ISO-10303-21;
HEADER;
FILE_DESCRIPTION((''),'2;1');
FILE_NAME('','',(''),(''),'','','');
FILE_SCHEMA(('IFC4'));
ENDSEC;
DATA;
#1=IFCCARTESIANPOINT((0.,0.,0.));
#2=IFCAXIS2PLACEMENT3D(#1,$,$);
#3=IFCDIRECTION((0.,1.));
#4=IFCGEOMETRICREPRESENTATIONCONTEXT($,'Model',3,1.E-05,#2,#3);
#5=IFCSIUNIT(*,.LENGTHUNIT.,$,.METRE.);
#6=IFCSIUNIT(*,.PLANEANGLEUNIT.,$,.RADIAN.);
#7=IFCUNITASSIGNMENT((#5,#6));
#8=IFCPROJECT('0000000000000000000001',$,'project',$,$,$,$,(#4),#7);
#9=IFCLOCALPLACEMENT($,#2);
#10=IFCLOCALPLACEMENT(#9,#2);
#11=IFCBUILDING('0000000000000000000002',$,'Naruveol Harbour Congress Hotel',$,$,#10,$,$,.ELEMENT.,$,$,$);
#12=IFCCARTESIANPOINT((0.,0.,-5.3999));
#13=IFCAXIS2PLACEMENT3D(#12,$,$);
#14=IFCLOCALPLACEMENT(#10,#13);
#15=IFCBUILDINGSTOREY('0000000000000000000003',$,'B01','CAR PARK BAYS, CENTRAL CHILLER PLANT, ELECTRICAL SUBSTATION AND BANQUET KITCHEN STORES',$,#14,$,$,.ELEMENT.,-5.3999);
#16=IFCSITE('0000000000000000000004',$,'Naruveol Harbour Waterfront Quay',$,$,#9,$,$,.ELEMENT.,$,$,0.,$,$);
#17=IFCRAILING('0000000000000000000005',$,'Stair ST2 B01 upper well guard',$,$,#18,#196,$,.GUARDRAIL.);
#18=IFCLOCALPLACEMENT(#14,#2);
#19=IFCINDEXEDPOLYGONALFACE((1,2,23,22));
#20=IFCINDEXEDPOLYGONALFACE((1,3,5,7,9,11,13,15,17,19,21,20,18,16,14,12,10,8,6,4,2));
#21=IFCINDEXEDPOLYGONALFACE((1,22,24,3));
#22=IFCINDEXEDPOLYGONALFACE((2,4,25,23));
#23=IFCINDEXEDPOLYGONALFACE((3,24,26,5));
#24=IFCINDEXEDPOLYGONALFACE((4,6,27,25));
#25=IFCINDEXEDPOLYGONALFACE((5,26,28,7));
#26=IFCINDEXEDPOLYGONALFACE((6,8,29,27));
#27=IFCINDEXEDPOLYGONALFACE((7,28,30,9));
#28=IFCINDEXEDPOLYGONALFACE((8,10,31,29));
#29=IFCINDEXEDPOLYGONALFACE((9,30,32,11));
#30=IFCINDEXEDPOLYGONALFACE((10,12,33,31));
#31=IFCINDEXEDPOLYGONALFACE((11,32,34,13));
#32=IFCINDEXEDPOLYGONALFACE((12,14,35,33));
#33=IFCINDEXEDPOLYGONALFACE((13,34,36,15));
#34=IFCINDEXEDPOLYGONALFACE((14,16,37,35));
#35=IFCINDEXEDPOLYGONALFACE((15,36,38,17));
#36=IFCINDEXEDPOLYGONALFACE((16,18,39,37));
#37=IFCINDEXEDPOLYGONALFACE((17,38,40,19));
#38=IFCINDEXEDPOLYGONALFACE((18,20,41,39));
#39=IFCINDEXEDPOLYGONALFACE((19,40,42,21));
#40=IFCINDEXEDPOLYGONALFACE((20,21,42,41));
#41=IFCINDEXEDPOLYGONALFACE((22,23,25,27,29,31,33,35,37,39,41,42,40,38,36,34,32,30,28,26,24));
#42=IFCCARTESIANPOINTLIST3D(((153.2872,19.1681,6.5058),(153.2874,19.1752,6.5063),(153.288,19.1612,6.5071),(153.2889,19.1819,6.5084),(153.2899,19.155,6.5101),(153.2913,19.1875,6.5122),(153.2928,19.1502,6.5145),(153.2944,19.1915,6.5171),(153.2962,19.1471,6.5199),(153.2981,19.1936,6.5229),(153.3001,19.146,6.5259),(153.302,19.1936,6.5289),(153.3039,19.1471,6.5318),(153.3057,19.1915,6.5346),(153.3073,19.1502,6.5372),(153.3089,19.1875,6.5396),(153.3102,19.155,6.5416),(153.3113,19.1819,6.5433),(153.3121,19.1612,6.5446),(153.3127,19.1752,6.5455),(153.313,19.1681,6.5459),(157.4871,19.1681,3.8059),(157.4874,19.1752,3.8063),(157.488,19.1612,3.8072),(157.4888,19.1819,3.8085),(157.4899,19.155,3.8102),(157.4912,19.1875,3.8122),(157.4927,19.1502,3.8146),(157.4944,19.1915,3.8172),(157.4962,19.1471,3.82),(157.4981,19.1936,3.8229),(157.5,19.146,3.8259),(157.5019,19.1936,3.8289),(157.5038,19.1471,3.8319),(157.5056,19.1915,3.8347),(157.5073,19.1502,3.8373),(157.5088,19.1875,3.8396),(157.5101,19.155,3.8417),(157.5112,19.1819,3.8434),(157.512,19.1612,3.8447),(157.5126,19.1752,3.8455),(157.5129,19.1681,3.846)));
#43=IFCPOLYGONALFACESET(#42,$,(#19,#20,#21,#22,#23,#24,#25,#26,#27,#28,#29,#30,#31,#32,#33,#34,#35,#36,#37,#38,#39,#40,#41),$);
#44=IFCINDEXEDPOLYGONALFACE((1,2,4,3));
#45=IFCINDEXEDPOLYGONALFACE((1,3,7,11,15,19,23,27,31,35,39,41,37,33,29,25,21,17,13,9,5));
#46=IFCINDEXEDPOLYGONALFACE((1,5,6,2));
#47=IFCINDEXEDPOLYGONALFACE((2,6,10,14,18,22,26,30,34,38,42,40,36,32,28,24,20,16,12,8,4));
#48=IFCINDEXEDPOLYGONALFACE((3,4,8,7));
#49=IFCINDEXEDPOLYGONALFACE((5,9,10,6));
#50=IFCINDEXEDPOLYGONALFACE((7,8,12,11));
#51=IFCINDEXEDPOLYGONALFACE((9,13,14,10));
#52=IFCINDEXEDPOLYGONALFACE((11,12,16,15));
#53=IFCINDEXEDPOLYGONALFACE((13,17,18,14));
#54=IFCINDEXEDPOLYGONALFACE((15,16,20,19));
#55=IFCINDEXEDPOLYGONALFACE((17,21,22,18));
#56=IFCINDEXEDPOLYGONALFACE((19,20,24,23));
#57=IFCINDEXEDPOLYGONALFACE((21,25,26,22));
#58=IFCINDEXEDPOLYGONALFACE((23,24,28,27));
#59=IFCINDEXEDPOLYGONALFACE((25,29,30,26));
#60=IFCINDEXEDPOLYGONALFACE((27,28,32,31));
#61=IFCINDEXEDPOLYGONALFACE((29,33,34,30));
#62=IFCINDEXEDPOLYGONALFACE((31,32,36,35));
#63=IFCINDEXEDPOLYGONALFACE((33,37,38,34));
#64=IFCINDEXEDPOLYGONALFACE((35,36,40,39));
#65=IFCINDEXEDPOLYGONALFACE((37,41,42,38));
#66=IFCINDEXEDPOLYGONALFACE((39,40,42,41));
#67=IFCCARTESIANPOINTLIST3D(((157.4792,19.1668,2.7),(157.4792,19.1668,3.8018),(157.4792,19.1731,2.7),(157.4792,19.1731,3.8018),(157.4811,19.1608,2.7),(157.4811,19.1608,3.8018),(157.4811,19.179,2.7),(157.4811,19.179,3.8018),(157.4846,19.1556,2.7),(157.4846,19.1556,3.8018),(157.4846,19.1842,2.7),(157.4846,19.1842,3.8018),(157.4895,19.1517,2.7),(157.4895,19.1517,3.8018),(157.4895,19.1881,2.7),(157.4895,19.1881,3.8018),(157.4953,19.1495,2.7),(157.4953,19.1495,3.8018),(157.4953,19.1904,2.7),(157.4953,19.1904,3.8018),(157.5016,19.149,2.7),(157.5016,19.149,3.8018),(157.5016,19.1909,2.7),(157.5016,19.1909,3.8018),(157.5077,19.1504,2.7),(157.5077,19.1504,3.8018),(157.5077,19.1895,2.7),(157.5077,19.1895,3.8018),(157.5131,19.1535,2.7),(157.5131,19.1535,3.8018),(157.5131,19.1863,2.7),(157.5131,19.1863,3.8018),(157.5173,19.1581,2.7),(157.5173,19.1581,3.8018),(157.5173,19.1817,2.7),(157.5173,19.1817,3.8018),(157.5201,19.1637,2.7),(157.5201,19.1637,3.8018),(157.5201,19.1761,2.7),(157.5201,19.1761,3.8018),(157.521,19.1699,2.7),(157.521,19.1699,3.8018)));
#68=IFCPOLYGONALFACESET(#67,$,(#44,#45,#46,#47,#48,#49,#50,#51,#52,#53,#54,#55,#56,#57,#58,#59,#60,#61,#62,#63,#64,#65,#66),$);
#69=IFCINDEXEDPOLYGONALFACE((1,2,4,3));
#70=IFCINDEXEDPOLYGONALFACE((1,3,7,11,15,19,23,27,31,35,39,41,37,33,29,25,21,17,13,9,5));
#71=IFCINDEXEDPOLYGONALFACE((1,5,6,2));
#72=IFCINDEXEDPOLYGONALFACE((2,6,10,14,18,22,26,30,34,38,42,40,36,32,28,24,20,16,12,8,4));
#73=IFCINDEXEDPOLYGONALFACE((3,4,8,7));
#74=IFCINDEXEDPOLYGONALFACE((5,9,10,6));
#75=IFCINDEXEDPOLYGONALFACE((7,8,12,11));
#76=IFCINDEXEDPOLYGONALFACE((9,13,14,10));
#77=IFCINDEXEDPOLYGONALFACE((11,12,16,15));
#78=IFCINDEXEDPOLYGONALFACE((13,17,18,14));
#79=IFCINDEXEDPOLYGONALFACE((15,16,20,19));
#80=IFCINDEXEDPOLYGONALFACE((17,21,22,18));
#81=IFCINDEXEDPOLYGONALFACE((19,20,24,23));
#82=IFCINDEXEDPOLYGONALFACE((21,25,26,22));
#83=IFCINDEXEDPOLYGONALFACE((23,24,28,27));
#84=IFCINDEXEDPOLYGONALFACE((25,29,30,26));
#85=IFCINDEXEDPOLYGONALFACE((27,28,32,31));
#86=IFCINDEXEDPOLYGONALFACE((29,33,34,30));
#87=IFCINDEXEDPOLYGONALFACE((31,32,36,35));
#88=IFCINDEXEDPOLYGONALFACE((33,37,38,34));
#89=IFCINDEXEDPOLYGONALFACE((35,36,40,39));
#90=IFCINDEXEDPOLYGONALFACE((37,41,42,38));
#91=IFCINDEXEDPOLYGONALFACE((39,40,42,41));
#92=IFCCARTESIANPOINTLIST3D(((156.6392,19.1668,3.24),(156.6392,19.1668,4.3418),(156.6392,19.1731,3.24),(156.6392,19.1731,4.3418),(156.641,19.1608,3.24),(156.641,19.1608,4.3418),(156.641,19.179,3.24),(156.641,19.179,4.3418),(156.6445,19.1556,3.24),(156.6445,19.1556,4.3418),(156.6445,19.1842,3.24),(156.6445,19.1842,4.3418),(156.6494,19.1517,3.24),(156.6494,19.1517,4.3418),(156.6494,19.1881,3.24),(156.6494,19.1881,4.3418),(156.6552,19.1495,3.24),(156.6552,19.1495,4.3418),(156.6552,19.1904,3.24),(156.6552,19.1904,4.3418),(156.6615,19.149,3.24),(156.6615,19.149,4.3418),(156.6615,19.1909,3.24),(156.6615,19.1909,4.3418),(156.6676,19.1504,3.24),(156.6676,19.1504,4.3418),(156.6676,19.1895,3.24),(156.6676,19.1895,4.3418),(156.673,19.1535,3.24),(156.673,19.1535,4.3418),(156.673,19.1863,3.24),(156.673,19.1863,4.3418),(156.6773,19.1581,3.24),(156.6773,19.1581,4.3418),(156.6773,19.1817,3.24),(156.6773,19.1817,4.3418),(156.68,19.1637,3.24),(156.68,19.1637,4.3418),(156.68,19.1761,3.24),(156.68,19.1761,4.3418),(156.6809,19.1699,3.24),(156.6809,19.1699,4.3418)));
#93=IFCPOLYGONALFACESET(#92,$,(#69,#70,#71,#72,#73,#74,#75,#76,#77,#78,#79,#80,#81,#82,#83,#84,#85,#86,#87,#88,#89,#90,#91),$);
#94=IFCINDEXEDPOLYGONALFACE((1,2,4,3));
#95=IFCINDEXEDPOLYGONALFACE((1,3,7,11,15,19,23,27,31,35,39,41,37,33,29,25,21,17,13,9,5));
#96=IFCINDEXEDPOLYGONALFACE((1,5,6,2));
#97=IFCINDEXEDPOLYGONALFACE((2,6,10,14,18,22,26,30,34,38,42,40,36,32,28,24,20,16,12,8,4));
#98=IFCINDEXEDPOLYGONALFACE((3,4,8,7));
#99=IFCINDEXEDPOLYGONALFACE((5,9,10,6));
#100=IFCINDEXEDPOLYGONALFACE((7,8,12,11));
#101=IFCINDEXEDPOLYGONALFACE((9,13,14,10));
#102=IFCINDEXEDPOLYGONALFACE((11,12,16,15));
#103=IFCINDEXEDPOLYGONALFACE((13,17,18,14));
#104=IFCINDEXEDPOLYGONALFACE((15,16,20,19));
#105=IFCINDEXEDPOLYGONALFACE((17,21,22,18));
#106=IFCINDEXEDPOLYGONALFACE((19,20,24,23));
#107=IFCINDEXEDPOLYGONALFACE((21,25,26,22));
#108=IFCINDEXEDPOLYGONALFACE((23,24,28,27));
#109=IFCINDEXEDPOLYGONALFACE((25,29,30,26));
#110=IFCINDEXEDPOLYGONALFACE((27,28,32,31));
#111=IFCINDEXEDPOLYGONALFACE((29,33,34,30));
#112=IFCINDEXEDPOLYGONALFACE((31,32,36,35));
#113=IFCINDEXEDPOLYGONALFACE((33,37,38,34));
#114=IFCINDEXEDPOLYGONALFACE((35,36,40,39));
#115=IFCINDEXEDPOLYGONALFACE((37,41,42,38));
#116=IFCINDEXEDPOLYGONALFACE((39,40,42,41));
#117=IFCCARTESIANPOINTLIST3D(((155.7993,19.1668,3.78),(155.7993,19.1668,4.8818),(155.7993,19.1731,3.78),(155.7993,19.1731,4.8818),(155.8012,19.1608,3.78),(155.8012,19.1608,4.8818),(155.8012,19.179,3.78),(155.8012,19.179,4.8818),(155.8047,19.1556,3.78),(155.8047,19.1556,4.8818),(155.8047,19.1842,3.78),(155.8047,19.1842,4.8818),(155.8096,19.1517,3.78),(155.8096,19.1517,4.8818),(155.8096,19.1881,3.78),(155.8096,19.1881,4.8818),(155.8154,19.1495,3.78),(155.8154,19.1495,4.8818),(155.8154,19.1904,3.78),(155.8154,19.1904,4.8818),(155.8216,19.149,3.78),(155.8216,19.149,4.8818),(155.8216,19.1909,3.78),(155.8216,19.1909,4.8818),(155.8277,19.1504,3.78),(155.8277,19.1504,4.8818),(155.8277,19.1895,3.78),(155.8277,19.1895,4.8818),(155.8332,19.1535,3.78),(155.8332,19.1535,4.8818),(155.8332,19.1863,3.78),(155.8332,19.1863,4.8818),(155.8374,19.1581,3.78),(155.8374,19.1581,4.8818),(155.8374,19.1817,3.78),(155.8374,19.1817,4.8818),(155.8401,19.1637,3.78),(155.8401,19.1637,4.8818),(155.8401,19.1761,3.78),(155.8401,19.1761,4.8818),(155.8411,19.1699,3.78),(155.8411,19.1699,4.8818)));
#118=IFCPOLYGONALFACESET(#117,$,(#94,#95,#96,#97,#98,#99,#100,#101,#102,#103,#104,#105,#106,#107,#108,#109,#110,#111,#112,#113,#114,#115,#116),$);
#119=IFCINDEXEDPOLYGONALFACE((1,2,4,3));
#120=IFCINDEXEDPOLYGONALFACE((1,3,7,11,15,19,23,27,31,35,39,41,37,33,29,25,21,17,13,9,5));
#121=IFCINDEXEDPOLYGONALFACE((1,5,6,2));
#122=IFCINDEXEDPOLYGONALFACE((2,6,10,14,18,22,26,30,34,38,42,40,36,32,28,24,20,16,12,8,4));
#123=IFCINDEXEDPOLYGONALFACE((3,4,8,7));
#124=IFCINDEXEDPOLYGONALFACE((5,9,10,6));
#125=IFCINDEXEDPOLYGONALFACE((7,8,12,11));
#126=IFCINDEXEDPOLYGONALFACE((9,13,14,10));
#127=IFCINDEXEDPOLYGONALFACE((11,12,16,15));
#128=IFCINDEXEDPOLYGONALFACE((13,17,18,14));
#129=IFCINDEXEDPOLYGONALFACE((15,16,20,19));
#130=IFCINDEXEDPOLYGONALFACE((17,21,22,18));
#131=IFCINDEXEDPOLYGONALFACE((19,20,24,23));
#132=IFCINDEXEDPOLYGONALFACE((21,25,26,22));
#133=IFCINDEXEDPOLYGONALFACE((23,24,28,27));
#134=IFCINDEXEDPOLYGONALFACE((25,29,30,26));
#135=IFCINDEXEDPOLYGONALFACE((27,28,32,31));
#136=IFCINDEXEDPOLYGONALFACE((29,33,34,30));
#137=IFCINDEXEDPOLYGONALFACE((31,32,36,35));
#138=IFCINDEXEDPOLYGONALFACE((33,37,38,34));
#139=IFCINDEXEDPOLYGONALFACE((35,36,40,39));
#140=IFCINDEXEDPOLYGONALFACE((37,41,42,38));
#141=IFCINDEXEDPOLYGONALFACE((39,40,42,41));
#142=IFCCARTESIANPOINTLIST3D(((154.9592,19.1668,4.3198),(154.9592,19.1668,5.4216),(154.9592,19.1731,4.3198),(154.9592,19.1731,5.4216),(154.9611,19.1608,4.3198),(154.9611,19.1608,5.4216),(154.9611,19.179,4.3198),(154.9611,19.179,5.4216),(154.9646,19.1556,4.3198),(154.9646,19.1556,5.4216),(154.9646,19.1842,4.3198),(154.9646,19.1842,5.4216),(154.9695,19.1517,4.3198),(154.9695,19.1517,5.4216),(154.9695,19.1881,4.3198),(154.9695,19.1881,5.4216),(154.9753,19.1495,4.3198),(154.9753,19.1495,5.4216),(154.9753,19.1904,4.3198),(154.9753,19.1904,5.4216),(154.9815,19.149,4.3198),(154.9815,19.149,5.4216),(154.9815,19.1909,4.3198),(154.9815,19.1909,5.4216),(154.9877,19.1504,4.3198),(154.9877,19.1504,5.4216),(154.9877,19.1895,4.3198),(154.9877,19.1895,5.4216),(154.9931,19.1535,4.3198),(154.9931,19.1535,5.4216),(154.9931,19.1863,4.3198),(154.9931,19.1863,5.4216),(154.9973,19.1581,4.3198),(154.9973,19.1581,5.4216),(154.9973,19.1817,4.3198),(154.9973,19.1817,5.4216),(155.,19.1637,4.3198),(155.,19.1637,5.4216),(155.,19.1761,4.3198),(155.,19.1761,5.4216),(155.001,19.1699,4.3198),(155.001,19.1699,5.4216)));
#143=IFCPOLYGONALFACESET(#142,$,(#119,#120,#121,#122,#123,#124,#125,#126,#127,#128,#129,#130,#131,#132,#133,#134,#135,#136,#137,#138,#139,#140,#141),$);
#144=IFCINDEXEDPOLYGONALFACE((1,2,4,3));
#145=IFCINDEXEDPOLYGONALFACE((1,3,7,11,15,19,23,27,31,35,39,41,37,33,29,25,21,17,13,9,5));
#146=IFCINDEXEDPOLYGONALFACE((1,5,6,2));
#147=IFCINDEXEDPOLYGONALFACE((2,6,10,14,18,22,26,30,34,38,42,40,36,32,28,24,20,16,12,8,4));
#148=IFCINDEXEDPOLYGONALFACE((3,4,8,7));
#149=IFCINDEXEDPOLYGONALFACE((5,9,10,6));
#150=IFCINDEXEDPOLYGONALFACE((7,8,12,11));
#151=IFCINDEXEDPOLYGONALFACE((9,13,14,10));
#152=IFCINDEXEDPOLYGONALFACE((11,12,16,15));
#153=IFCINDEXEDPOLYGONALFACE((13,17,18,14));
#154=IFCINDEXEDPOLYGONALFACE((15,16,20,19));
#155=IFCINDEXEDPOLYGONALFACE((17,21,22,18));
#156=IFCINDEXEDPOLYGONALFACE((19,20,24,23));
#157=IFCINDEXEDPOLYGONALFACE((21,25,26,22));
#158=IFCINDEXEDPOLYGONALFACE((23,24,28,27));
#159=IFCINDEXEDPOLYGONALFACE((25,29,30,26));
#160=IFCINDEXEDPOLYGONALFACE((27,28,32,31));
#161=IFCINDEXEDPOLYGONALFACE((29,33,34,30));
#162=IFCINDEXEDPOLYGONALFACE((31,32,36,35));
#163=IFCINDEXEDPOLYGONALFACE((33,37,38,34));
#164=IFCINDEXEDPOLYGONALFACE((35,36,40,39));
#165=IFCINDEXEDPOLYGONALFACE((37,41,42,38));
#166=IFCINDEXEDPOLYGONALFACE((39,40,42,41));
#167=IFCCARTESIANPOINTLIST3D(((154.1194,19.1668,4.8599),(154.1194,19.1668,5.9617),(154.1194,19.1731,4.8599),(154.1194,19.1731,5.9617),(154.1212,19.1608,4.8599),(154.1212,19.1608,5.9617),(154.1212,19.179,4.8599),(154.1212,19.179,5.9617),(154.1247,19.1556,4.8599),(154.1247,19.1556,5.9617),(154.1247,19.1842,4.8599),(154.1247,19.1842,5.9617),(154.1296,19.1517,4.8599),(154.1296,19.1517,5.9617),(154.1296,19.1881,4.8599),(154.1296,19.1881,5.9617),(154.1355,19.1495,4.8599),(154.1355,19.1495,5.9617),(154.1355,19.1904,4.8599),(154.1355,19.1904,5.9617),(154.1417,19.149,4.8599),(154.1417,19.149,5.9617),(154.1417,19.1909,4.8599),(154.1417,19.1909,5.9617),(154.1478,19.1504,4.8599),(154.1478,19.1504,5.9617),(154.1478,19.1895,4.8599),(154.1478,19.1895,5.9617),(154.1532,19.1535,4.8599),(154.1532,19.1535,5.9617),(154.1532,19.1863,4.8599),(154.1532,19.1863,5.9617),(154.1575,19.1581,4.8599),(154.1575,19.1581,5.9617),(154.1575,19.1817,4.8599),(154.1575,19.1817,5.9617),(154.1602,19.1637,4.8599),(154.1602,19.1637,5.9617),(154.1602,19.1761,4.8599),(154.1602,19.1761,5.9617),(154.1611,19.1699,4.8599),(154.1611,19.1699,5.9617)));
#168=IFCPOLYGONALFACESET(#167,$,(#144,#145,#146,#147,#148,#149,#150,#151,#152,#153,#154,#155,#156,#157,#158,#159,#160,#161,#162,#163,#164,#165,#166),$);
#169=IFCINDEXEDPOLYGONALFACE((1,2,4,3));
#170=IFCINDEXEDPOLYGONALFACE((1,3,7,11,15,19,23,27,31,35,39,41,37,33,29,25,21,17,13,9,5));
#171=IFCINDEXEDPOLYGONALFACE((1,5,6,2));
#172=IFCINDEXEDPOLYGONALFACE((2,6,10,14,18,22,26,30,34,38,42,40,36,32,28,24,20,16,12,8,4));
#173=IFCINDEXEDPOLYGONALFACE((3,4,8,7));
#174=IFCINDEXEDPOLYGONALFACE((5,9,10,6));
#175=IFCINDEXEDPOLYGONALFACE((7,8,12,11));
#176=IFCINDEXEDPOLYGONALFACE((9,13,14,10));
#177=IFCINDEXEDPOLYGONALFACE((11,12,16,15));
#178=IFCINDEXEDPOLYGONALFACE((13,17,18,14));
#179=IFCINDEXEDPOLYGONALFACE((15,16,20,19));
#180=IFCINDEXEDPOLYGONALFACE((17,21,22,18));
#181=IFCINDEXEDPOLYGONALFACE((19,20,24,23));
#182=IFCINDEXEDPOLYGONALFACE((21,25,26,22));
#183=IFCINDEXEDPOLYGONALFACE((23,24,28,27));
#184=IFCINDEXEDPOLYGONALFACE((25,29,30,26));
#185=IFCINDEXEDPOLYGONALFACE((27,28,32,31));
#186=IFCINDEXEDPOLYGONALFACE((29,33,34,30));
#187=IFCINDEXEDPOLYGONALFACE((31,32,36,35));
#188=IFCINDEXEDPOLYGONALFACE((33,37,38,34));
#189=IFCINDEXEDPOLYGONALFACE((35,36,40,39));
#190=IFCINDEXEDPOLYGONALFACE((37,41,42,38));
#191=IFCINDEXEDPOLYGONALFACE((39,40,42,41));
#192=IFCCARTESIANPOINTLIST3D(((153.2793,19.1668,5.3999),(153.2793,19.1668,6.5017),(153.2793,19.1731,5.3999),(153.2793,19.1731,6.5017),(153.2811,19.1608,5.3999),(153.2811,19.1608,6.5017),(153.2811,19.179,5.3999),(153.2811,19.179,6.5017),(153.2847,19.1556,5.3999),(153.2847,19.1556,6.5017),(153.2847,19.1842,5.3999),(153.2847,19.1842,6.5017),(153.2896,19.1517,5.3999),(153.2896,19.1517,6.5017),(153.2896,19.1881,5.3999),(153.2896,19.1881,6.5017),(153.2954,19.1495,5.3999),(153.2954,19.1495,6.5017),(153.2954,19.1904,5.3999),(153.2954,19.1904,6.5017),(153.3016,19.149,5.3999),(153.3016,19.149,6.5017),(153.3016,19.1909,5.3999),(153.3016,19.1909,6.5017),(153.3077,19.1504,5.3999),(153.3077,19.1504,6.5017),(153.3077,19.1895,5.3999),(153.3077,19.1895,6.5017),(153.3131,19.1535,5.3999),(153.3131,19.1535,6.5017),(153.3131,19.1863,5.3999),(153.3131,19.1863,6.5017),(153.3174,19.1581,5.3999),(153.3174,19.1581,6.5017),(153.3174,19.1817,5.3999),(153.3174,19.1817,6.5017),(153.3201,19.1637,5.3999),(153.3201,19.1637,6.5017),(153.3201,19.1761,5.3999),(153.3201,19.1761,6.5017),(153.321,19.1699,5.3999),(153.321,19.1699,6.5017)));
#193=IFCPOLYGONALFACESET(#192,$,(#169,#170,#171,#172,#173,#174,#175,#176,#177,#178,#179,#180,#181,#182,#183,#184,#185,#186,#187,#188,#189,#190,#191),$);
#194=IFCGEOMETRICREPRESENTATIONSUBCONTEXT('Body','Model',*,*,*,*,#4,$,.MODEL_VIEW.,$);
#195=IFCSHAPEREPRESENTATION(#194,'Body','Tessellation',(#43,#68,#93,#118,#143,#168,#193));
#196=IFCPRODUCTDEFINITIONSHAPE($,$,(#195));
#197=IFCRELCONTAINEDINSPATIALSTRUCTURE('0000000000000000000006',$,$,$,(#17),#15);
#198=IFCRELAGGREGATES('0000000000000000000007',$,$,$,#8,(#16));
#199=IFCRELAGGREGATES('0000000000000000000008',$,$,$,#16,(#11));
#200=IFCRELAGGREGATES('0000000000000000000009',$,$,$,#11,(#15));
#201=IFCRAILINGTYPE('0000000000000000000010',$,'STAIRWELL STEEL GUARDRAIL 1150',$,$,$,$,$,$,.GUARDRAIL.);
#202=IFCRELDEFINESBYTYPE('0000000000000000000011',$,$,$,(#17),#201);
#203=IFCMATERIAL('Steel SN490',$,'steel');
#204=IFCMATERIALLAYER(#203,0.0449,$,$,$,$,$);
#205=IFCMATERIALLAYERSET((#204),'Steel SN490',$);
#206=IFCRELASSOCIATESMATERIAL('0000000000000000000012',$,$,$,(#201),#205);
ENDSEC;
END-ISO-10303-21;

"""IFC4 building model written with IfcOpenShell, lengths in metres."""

from ifc_helpers import new_model, si_unit, direction, frame, origin, origin_2d, place, context, subcontext, project, spatial, circle, extrude, material, layer, layer_set, type_object, element, save


model = new_model("IFC4")

# Units and contexts
model_context = context("Model", 3, precision=1e-05, world=origin(), true_north=direction((0.0, 1.0)))
body_context = subcontext(model_context, "Body", "Model", "MODEL_VIEW")
ifc_project = project(units=[si_unit("LENGTHUNIT", "METRE"), si_unit("PLANEANGLEUNIT", "RADIAN")], contexts=[model_context])

# Site, building, storey
site_placement = place(None, origin())
site = spatial("IfcSite", under=ifc_project, at=site_placement, Name="Naruveol Harbour Waterfront Quay", CompositionType="ELEMENT", RefElevation=0.0)
building_placement = place(site_placement, origin())
building = spatial("IfcBuilding", under=site, at=building_placement, Name="Naruveol Harbour Congress Hotel", CompositionType="ELEMENT")
storey_placement = place(building_placement, frame((0.0, 0.0, -5.3999)))
storey = spatial("IfcBuildingStorey", under=building, at=storey_placement, Name="B01", Description="CAR PARK BAYS, CENTRAL CHILLER PLANT, ELECTRICAL SUBSTATION AND BANQUET KITCHEN STORES", CompositionType="ELEMENT", Elevation=-5.3999)

# Railing
ifc_material_1 = material(Name="Steel SN490", Category="steel")
ifc_layer_1 = layer(ifc_material_1, 0.0449)
ifc_layer_set_1 = layer_set([ifc_layer_1], Name="Steel SN490")
railing_type_1 = type_object("IfcRailingType", Name="STAIRWELL STEEL GUARDRAIL 1150", PredefinedType="GUARDRAIL", material=ifc_layer_set_1)
railing_1_placement = place(storey_placement, frame((157.5, 19.1699, 2.7)))
element("IfcRailing", 1, at=railing_1_placement, inside=storey, type_object=railing_type_1, Name="Stair ST2 B01 upper well guard", PredefinedType="GUARDRAIL", context=body_context, shape_type="SweptSolid", body=[
    extrude(circle(Radius=0.0239, at=origin_2d()), frame((0.0, 0.0, 1.126), z_axis=(-0.84118, 0.0, 0.540755), x_axis=(0.0, -1.0, 0.0)), (0.0, 0.0, 1.0), 4.9929),
    extrude(circle(Radius=0.021, at=origin_2d()), origin(), (0.0, 0.0, 1.0), 1.1018),
    extrude(circle(Radius=0.021, at=origin_2d()), frame((-0.8401, 0.0, 0.54)), (0.0, 0.0, 1.0), 1.1018),
    extrude(circle(Radius=0.021, at=origin_2d()), frame((-1.6799, 0.0, 1.0801)), (0.0, 0.0, 1.0), 1.1018),
    extrude(circle(Radius=0.021, at=origin_2d()), frame((-2.52, 0.0, 1.6199)), (0.0, 0.0, 1.0), 1.1018),
    extrude(circle(Radius=0.021, at=origin_2d()), frame((-3.3599, 0.0, 2.1599)), (0.0, 0.0, 1.0), 1.1018),
    extrude(circle(Radius=0.021, at=origin_2d()), frame((-4.2, 0.0, 2.7)), (0.0, 0.0, 1.0), 1.1018),
])

save(model, "model.ifc")
